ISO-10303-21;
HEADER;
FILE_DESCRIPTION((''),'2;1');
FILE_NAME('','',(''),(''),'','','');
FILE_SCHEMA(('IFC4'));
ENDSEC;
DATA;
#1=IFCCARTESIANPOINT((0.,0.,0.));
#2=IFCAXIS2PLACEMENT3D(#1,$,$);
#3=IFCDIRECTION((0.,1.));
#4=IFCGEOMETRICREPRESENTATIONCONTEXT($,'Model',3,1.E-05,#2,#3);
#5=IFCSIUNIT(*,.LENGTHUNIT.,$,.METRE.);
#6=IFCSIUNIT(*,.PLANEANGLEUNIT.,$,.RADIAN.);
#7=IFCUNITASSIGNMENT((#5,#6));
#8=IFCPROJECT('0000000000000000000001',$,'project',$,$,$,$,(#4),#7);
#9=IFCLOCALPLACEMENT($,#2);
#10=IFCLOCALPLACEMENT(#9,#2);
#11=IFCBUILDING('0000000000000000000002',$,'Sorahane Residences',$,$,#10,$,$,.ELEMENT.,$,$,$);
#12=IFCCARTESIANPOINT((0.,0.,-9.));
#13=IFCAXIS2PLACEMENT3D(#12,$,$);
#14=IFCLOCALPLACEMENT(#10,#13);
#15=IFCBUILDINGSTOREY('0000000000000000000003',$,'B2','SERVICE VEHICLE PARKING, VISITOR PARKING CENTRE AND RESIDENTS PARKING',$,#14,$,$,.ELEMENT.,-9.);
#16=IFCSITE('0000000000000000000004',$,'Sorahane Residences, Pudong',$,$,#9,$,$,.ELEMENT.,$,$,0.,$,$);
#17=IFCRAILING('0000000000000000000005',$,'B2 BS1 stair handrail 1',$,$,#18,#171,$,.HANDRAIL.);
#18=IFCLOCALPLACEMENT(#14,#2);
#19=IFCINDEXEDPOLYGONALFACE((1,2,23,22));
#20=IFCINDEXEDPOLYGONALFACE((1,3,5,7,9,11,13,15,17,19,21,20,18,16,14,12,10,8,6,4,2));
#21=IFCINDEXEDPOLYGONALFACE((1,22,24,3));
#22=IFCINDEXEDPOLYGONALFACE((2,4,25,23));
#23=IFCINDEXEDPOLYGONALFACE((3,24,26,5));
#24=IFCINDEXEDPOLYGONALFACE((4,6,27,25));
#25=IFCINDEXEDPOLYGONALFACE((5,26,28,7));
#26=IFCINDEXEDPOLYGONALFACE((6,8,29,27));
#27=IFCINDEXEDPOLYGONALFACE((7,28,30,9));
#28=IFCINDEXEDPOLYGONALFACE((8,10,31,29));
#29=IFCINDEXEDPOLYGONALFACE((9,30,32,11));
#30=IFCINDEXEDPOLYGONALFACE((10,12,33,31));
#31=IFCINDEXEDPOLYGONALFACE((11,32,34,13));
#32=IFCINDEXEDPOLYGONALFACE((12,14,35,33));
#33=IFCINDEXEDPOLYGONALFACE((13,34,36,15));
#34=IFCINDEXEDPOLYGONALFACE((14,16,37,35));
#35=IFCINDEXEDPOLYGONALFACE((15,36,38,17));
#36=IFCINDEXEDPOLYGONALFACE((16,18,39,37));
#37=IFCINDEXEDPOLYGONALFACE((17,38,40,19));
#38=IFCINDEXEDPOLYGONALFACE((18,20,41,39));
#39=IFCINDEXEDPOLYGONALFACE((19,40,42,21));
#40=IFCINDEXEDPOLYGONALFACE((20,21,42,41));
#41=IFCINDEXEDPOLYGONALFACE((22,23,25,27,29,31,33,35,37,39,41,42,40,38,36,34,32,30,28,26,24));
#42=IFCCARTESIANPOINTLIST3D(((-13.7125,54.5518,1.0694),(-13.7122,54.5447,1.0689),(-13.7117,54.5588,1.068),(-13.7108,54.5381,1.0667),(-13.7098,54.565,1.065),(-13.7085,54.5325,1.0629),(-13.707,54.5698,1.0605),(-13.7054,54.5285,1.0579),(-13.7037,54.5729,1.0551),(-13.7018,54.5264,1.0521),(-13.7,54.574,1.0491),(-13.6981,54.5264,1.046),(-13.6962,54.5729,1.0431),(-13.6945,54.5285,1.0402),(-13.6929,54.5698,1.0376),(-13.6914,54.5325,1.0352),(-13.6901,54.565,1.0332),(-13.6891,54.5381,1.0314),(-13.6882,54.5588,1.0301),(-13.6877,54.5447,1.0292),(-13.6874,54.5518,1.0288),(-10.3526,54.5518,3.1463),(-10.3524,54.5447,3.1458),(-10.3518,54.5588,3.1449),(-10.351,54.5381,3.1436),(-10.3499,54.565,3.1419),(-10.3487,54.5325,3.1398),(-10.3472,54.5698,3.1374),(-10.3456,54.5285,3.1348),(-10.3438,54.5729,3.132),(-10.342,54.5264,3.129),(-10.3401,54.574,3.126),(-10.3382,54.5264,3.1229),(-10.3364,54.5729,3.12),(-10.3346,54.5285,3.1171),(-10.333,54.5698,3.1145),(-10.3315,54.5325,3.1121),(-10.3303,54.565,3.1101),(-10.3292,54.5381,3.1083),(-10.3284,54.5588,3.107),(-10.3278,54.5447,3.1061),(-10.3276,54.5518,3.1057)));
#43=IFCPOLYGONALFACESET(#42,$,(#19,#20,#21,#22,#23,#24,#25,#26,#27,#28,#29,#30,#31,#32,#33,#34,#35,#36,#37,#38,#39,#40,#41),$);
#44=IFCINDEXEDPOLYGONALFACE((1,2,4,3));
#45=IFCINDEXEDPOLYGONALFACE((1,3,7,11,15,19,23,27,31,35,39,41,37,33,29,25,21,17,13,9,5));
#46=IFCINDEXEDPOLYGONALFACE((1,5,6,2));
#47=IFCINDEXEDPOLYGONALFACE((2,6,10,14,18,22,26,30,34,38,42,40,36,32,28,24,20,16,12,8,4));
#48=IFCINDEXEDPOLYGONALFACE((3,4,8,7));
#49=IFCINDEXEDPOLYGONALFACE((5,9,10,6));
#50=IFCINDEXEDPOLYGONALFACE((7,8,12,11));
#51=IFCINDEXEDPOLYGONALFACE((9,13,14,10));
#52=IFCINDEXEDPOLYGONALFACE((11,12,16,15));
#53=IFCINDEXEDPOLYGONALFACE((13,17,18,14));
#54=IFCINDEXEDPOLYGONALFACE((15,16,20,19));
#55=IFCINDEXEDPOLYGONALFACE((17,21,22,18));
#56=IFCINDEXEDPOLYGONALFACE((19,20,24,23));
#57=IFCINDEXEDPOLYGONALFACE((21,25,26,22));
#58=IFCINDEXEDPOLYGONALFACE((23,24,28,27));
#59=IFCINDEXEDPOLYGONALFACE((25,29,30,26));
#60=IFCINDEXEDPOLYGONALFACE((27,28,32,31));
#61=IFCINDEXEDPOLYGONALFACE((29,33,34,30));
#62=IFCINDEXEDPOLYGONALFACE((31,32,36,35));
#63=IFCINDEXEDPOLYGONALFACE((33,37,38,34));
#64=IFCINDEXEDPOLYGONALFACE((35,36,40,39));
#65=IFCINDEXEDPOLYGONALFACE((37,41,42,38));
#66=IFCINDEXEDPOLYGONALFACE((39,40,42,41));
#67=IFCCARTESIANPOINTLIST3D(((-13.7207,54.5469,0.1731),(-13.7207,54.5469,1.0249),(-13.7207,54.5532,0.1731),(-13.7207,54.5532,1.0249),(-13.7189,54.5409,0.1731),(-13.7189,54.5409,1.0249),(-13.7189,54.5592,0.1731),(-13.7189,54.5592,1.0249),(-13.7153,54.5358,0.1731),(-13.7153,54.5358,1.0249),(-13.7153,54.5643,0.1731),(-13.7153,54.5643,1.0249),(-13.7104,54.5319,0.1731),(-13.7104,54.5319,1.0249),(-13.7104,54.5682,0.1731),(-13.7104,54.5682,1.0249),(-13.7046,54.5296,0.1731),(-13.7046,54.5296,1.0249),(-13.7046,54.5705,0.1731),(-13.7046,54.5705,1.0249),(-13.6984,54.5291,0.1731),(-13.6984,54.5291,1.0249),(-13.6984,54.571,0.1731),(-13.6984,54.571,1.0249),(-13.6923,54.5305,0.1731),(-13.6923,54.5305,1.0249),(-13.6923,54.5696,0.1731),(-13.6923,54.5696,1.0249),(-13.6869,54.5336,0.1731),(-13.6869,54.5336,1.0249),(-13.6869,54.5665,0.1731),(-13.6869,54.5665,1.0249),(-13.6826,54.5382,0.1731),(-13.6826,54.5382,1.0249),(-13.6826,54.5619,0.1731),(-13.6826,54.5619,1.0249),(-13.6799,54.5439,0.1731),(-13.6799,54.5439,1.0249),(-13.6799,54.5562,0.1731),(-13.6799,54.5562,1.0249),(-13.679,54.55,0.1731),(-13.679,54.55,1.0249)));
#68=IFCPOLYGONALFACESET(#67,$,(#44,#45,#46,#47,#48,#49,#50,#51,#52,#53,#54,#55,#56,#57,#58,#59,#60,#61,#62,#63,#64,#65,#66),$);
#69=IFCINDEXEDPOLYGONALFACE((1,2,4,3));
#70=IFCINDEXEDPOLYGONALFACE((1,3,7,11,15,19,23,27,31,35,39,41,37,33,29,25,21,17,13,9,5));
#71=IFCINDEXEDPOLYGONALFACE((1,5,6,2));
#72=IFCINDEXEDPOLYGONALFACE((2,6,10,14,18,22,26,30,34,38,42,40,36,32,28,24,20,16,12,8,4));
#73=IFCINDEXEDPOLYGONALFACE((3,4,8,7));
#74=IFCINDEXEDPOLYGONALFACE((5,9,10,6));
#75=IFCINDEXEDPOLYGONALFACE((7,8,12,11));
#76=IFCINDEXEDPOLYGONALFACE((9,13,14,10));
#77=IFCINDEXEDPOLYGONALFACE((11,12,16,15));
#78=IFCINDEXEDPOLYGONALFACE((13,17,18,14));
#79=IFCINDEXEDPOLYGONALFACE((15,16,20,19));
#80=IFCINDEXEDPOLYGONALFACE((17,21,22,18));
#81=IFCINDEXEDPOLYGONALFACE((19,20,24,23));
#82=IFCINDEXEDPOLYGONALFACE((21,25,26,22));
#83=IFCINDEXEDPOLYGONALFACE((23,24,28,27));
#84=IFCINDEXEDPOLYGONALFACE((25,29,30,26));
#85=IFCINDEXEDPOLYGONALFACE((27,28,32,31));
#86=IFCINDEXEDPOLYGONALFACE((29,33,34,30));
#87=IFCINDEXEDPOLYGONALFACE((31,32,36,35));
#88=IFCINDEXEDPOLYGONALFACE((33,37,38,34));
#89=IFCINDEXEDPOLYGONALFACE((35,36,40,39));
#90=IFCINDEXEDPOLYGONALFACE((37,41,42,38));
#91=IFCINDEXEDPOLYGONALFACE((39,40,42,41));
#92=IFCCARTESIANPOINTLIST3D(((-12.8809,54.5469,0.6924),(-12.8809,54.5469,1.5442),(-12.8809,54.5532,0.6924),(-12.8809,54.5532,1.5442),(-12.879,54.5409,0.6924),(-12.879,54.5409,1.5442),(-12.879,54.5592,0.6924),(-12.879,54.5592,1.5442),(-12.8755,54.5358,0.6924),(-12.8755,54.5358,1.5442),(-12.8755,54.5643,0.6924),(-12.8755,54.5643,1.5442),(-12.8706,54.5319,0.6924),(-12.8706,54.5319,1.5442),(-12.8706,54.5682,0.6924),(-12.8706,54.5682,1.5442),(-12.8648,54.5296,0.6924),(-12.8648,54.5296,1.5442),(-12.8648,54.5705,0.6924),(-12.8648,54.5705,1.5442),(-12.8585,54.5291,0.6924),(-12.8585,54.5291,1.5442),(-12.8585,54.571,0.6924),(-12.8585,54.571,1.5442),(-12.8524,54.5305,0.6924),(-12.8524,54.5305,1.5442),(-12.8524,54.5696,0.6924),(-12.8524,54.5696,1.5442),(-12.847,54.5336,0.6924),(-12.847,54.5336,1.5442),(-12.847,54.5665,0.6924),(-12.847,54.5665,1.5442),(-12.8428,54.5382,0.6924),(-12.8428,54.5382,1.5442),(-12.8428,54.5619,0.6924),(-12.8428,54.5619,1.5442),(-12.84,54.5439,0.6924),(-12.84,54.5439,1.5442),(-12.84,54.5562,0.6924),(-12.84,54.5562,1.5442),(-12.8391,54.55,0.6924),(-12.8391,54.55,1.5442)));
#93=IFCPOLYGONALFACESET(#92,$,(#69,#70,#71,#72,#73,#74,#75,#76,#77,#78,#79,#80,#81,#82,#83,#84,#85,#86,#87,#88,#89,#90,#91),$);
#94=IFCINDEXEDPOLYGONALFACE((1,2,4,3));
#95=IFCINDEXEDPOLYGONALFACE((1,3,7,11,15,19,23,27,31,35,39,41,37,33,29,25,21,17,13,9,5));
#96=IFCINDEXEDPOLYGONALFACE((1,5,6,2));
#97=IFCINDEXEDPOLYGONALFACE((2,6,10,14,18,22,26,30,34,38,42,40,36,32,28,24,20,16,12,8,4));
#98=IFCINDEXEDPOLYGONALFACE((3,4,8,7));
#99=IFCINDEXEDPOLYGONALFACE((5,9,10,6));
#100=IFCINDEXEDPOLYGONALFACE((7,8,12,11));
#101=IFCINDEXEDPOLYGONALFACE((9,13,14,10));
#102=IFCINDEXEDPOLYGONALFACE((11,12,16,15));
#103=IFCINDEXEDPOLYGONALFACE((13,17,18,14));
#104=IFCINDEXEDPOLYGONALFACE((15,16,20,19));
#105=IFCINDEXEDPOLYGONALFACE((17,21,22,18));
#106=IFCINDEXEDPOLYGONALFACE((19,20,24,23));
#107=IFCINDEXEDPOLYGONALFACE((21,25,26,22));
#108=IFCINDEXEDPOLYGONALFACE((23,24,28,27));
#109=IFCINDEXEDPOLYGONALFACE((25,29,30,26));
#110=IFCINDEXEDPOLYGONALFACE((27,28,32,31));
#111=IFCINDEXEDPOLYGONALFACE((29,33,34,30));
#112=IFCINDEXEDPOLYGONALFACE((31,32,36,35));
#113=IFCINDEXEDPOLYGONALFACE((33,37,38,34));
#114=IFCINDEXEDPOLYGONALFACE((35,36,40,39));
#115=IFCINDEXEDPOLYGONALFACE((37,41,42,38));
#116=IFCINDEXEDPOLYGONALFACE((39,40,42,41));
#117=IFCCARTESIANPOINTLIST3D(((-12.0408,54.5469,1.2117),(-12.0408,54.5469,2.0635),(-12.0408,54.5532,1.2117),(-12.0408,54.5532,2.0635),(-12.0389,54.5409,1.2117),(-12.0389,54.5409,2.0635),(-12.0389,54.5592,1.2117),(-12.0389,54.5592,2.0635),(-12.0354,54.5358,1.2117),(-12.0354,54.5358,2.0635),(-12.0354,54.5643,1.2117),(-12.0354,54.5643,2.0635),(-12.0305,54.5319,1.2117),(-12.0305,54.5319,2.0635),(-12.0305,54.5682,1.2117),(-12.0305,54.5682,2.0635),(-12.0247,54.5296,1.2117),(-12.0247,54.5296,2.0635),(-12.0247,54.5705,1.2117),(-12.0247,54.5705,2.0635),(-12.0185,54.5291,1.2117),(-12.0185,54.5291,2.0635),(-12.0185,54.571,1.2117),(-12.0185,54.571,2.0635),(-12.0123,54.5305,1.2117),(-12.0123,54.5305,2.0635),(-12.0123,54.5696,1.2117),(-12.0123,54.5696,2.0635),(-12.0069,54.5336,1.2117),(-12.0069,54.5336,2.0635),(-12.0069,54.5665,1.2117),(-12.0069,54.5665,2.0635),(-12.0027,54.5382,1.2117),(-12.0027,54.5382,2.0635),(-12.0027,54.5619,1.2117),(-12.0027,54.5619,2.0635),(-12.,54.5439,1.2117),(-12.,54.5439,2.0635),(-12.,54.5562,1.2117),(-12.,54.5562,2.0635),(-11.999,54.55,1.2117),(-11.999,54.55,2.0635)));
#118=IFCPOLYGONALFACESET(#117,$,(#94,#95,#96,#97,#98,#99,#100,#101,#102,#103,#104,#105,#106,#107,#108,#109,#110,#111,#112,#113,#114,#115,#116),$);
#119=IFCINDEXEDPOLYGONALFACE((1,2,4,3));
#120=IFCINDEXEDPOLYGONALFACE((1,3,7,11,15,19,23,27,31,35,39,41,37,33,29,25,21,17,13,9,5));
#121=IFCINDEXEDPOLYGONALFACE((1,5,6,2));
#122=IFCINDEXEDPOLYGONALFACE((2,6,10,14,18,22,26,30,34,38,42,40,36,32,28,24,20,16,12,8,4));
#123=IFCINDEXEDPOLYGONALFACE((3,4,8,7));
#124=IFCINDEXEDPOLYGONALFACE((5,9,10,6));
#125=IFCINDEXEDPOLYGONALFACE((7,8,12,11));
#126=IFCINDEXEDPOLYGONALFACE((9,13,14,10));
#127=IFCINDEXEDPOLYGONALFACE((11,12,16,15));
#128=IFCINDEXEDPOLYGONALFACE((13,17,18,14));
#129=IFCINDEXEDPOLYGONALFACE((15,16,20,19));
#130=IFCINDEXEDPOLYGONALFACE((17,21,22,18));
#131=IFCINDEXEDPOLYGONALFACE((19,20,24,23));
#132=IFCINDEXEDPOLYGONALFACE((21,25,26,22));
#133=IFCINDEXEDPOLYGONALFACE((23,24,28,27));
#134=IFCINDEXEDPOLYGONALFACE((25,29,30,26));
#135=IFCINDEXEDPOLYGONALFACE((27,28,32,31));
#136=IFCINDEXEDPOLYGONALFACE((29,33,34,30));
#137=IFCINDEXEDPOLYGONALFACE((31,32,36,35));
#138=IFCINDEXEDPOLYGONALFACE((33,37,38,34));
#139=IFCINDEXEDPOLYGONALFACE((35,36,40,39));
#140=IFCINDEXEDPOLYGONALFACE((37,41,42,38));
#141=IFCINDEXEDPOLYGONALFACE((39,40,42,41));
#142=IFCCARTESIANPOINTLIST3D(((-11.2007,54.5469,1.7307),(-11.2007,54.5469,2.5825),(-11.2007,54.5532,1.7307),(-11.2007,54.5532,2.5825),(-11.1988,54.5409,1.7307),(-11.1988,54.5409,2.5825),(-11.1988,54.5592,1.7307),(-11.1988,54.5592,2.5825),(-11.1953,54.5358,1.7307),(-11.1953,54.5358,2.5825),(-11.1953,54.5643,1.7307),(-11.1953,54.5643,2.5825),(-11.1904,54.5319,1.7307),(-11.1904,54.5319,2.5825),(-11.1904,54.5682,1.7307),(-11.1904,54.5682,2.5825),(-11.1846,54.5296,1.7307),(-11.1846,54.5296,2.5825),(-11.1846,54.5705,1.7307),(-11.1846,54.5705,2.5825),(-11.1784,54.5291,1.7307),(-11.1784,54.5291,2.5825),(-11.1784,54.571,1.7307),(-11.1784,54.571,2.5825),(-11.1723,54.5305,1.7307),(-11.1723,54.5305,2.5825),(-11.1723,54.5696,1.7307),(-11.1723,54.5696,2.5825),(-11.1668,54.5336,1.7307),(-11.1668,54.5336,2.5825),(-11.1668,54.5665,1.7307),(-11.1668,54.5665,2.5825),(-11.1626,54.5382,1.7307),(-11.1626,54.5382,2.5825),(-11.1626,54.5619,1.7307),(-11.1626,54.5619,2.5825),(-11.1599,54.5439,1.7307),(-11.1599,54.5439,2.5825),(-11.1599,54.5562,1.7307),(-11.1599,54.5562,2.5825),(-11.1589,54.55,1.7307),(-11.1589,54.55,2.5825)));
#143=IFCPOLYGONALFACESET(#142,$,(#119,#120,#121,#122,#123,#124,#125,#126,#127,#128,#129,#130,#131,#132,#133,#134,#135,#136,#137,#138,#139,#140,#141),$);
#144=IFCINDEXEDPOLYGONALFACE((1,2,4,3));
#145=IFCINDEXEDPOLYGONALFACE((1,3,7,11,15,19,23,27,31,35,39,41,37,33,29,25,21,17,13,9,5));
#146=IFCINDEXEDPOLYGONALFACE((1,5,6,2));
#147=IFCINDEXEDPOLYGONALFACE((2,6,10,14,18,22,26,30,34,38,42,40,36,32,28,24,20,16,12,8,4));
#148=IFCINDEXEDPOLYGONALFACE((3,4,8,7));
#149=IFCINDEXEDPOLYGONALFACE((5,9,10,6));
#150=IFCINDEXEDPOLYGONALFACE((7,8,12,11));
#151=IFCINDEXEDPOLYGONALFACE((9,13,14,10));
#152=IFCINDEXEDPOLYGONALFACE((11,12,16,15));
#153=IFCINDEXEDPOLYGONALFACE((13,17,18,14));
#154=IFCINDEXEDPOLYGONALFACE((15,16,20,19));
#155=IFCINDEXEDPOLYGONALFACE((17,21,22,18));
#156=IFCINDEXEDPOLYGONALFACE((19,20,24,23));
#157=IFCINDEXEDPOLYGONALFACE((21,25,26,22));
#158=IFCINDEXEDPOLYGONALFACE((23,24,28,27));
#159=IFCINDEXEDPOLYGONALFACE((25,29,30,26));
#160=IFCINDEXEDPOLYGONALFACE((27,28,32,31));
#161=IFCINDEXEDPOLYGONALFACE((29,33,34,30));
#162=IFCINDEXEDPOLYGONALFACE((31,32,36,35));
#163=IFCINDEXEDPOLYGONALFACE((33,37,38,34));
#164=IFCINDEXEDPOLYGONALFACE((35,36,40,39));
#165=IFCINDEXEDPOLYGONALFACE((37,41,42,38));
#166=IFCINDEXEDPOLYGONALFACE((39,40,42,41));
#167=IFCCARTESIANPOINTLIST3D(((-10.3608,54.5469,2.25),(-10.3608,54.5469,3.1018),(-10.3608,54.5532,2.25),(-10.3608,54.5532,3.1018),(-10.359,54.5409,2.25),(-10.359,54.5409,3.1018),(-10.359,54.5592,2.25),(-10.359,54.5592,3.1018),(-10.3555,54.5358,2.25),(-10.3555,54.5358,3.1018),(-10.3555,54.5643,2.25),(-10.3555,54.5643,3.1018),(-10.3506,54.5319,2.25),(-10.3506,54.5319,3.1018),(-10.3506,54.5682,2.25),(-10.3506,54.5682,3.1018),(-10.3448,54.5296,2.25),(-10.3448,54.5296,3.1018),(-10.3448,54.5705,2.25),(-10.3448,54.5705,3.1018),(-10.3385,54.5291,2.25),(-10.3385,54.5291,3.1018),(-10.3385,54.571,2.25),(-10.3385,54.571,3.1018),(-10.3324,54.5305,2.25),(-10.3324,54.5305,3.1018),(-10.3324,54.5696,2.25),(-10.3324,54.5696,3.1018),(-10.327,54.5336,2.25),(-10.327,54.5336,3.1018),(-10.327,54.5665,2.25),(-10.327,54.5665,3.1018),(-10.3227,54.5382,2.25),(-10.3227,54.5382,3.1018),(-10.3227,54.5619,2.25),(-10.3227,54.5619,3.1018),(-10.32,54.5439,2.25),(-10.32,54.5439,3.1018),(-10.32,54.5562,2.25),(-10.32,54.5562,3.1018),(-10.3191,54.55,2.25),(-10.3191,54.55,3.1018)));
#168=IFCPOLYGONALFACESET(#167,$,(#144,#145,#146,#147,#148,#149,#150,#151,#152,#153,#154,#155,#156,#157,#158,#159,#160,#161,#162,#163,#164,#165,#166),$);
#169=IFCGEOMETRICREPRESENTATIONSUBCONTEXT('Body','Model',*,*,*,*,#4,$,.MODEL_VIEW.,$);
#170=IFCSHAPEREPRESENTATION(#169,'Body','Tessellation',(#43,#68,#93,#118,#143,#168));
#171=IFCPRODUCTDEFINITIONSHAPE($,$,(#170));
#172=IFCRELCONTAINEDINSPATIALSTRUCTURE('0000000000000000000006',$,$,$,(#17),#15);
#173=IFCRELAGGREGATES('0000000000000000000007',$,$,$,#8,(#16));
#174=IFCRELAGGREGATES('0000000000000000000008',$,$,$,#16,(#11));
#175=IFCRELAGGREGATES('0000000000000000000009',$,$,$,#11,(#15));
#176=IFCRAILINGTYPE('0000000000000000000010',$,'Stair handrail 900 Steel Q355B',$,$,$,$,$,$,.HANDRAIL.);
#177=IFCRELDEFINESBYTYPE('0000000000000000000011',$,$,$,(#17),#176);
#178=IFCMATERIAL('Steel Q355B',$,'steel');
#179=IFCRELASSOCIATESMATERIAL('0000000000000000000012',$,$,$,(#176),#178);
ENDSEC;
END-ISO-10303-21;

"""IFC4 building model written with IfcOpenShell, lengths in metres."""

from ifc_helpers import new_model, si_unit, direction, frame, origin, origin_2d, place, context, subcontext, project, spatial, circle, extrude, material, type_object, element, save


model = new_model("IFC4")

# Units and contexts
model_context = context("Model", 3, precision=1e-05, world=origin(), true_north=direction((0.0, 1.0)))
body_context = subcontext(model_context, "Body", "Model", "MODEL_VIEW")
ifc_project = project(units=[si_unit("LENGTHUNIT", "METRE"), si_unit("PLANEANGLEUNIT", "RADIAN")], contexts=[model_context])

# Site, building, storey
site_placement = place(None, origin())
site = spatial("IfcSite", under=ifc_project, at=site_placement, Name="Sorahane Residences, Pudong", CompositionType="ELEMENT", RefElevation=0.0)
building_placement = place(site_placement, origin())
building = spatial("IfcBuilding", under=site, at=building_placement, Name="Sorahane Residences", CompositionType="ELEMENT")
storey_placement = place(building_placement, frame((0.0, 0.0, -9.0)))
storey = spatial("IfcBuildingStorey", under=building, at=storey_placement, Name="B2", Description="SERVICE VEHICLE PARKING, VISITOR PARKING CENTRE AND RESIDENTS PARKING", CompositionType="ELEMENT", Elevation=-9.0)

# Railing
ifc_material_1 = material(Name="Steel Q355B", Category="steel")
railing_type_1 = type_object("IfcRailingType", Name="Stair handrail 900 Steel Q355B", PredefinedType="HANDRAIL", material=ifc_material_1)
railing_1_placement = place(storey_placement, frame((-13.7, 54.55, 0.1731)))
element("IfcRailing", 1, at=railing_1_placement, inside=storey, type_object=railing_type_1, Name="B2 BS1 stair handrail 1", PredefinedType="HANDRAIL", context=body_context, shape_type="SweptSolid", body=[
    extrude(circle(Radius=0.0239, at=origin_2d()), frame((0.0, 0.0, 0.876), z_axis=(0.850606, 0.0, 0.525803), x_axis=(0.0, 1.0, 0.0)), (0.0, 0.0, 1.0), 3.95),
    extrude(circle(Radius=0.021, at=origin_2d()), origin(), (0.0, 0.0, 1.0), 0.8518),
    extrude(circle(Radius=0.021, at=origin_2d()), frame((0.8398, 0.0, 0.5193)), (0.0, 0.0, 1.0), 0.8518),
    extrude(circle(Radius=0.021, at=origin_2d()), frame((1.6799, 0.0, 1.0386)), (0.0, 0.0, 1.0), 0.8518),
    extrude(circle(Radius=0.021, at=origin_2d()), frame((2.52, 0.0, 1.5576)), (0.0, 0.0, 1.0), 0.8518),
    extrude(circle(Radius=0.021, at=origin_2d()), frame((3.3599, 0.0, 2.0769)), (0.0, 0.0, 1.0), 0.8518),
])

save(model, "model.ifc")
